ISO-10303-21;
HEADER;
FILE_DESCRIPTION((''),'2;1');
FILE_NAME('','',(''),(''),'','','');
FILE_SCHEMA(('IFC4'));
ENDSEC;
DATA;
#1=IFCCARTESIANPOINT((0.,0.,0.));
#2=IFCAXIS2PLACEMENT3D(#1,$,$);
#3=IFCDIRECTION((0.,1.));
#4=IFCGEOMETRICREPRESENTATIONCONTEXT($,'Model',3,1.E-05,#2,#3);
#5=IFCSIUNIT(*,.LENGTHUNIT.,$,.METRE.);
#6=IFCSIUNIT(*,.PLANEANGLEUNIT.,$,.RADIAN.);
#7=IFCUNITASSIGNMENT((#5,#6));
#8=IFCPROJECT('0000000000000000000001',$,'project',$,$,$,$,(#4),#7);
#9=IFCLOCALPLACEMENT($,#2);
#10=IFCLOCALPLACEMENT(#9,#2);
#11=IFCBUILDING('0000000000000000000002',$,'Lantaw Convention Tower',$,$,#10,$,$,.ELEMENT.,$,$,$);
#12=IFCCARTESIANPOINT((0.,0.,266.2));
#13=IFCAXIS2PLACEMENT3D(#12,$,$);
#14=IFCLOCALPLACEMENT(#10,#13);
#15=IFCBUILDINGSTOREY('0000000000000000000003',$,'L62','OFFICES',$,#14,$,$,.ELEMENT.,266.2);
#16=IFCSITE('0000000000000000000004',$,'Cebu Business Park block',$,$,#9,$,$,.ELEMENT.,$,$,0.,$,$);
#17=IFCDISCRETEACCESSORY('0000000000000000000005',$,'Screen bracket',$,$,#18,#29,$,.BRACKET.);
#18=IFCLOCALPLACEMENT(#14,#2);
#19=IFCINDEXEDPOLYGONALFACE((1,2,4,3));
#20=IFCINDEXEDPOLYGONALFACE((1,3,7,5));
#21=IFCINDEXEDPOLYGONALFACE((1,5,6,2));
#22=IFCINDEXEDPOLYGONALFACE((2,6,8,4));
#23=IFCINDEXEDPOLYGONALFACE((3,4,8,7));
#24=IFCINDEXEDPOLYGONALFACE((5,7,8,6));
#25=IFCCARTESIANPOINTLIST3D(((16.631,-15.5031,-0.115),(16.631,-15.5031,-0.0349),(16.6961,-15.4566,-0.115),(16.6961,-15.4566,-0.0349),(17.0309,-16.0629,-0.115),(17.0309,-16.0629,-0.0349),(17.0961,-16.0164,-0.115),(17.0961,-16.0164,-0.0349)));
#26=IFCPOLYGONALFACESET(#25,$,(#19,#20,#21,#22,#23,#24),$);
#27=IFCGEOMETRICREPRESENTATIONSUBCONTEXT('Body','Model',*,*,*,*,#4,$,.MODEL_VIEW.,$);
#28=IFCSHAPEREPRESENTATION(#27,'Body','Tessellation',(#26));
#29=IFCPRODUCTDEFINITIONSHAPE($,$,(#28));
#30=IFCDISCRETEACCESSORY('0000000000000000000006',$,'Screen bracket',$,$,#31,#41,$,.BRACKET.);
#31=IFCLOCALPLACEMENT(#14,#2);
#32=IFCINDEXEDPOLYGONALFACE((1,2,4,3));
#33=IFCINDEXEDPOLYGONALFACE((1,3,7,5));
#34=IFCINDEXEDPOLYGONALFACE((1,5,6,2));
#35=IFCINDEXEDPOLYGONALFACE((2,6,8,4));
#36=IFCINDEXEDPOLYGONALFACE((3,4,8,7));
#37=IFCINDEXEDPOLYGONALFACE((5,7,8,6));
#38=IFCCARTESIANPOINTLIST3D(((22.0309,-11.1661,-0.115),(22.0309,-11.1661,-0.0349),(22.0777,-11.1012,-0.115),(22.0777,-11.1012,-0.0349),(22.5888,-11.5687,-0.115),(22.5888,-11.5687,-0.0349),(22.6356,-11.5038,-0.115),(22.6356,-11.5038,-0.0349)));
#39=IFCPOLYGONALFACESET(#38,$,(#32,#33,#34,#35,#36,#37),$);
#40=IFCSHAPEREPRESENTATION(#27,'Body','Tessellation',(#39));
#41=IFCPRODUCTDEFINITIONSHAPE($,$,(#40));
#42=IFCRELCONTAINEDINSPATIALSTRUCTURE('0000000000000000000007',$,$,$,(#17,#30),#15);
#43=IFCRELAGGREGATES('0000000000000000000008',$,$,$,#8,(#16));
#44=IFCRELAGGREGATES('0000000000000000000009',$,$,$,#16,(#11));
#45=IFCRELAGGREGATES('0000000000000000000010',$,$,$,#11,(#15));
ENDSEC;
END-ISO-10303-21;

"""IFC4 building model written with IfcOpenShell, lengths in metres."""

from ifc_helpers import new_model, si_unit, direction, frame, origin, origin_2d, place, context, subcontext, project, spatial, rectangle, extrude, element, save


model = new_model("IFC4")

# Units and contexts
model_context = context("Model", 3, precision=1e-05, world=origin(), true_north=direction((0.0, 1.0)))
body_context = subcontext(model_context, "Body", "Model", "MODEL_VIEW")
ifc_project = project(units=[si_unit("LENGTHUNIT", "METRE"), si_unit("PLANEANGLEUNIT", "RADIAN")], contexts=[model_context])

# Site, building, storey
site_placement = place(None, origin())
site = spatial("IfcSite", under=ifc_project, at=site_placement, Name="Cebu Business Park block", CompositionType="ELEMENT", RefElevation=0.0)
building_placement = place(site_placement, origin())
building = spatial("IfcBuilding", under=site, at=building_placement, Name="Lantaw Convention Tower", CompositionType="ELEMENT")
storey_placement = place(building_placement, frame((0.0, 0.0, 266.2)))
storey = spatial("IfcBuildingStorey", under=building, at=storey_placement, Name="L62", Description="OFFICES", CompositionType="ELEMENT", Elevation=266.2)

# Discrete accessories
for number, where, z_axis, x_axis, name in (
    (1, (16.8635, -15.7598, -0.115), (0.0, 0.0, 1.0), (0.813673, 0.581323, 0.0), "Screen bracket"),
    (2, (22.3333, -11.335, -0.115), (0.0, 0.0, 1.0), (0.585158, 0.81092, 0.0), "Screen bracket"),
):
    element("IfcDiscreteAccessory", number, at=place(storey_placement, frame(where, z_axis=z_axis, x_axis=x_axis)), inside=storey, Name=name, PredefinedType="BRACKET", context=body_context, shape_type="SweptSolid", body=[
        extrude(rectangle(XDim=0.0801, YDim=0.688, at=origin_2d()), origin(), (0.0, 0.0, 1.0), 0.0801),
    ])

save(model, "model.ifc")
